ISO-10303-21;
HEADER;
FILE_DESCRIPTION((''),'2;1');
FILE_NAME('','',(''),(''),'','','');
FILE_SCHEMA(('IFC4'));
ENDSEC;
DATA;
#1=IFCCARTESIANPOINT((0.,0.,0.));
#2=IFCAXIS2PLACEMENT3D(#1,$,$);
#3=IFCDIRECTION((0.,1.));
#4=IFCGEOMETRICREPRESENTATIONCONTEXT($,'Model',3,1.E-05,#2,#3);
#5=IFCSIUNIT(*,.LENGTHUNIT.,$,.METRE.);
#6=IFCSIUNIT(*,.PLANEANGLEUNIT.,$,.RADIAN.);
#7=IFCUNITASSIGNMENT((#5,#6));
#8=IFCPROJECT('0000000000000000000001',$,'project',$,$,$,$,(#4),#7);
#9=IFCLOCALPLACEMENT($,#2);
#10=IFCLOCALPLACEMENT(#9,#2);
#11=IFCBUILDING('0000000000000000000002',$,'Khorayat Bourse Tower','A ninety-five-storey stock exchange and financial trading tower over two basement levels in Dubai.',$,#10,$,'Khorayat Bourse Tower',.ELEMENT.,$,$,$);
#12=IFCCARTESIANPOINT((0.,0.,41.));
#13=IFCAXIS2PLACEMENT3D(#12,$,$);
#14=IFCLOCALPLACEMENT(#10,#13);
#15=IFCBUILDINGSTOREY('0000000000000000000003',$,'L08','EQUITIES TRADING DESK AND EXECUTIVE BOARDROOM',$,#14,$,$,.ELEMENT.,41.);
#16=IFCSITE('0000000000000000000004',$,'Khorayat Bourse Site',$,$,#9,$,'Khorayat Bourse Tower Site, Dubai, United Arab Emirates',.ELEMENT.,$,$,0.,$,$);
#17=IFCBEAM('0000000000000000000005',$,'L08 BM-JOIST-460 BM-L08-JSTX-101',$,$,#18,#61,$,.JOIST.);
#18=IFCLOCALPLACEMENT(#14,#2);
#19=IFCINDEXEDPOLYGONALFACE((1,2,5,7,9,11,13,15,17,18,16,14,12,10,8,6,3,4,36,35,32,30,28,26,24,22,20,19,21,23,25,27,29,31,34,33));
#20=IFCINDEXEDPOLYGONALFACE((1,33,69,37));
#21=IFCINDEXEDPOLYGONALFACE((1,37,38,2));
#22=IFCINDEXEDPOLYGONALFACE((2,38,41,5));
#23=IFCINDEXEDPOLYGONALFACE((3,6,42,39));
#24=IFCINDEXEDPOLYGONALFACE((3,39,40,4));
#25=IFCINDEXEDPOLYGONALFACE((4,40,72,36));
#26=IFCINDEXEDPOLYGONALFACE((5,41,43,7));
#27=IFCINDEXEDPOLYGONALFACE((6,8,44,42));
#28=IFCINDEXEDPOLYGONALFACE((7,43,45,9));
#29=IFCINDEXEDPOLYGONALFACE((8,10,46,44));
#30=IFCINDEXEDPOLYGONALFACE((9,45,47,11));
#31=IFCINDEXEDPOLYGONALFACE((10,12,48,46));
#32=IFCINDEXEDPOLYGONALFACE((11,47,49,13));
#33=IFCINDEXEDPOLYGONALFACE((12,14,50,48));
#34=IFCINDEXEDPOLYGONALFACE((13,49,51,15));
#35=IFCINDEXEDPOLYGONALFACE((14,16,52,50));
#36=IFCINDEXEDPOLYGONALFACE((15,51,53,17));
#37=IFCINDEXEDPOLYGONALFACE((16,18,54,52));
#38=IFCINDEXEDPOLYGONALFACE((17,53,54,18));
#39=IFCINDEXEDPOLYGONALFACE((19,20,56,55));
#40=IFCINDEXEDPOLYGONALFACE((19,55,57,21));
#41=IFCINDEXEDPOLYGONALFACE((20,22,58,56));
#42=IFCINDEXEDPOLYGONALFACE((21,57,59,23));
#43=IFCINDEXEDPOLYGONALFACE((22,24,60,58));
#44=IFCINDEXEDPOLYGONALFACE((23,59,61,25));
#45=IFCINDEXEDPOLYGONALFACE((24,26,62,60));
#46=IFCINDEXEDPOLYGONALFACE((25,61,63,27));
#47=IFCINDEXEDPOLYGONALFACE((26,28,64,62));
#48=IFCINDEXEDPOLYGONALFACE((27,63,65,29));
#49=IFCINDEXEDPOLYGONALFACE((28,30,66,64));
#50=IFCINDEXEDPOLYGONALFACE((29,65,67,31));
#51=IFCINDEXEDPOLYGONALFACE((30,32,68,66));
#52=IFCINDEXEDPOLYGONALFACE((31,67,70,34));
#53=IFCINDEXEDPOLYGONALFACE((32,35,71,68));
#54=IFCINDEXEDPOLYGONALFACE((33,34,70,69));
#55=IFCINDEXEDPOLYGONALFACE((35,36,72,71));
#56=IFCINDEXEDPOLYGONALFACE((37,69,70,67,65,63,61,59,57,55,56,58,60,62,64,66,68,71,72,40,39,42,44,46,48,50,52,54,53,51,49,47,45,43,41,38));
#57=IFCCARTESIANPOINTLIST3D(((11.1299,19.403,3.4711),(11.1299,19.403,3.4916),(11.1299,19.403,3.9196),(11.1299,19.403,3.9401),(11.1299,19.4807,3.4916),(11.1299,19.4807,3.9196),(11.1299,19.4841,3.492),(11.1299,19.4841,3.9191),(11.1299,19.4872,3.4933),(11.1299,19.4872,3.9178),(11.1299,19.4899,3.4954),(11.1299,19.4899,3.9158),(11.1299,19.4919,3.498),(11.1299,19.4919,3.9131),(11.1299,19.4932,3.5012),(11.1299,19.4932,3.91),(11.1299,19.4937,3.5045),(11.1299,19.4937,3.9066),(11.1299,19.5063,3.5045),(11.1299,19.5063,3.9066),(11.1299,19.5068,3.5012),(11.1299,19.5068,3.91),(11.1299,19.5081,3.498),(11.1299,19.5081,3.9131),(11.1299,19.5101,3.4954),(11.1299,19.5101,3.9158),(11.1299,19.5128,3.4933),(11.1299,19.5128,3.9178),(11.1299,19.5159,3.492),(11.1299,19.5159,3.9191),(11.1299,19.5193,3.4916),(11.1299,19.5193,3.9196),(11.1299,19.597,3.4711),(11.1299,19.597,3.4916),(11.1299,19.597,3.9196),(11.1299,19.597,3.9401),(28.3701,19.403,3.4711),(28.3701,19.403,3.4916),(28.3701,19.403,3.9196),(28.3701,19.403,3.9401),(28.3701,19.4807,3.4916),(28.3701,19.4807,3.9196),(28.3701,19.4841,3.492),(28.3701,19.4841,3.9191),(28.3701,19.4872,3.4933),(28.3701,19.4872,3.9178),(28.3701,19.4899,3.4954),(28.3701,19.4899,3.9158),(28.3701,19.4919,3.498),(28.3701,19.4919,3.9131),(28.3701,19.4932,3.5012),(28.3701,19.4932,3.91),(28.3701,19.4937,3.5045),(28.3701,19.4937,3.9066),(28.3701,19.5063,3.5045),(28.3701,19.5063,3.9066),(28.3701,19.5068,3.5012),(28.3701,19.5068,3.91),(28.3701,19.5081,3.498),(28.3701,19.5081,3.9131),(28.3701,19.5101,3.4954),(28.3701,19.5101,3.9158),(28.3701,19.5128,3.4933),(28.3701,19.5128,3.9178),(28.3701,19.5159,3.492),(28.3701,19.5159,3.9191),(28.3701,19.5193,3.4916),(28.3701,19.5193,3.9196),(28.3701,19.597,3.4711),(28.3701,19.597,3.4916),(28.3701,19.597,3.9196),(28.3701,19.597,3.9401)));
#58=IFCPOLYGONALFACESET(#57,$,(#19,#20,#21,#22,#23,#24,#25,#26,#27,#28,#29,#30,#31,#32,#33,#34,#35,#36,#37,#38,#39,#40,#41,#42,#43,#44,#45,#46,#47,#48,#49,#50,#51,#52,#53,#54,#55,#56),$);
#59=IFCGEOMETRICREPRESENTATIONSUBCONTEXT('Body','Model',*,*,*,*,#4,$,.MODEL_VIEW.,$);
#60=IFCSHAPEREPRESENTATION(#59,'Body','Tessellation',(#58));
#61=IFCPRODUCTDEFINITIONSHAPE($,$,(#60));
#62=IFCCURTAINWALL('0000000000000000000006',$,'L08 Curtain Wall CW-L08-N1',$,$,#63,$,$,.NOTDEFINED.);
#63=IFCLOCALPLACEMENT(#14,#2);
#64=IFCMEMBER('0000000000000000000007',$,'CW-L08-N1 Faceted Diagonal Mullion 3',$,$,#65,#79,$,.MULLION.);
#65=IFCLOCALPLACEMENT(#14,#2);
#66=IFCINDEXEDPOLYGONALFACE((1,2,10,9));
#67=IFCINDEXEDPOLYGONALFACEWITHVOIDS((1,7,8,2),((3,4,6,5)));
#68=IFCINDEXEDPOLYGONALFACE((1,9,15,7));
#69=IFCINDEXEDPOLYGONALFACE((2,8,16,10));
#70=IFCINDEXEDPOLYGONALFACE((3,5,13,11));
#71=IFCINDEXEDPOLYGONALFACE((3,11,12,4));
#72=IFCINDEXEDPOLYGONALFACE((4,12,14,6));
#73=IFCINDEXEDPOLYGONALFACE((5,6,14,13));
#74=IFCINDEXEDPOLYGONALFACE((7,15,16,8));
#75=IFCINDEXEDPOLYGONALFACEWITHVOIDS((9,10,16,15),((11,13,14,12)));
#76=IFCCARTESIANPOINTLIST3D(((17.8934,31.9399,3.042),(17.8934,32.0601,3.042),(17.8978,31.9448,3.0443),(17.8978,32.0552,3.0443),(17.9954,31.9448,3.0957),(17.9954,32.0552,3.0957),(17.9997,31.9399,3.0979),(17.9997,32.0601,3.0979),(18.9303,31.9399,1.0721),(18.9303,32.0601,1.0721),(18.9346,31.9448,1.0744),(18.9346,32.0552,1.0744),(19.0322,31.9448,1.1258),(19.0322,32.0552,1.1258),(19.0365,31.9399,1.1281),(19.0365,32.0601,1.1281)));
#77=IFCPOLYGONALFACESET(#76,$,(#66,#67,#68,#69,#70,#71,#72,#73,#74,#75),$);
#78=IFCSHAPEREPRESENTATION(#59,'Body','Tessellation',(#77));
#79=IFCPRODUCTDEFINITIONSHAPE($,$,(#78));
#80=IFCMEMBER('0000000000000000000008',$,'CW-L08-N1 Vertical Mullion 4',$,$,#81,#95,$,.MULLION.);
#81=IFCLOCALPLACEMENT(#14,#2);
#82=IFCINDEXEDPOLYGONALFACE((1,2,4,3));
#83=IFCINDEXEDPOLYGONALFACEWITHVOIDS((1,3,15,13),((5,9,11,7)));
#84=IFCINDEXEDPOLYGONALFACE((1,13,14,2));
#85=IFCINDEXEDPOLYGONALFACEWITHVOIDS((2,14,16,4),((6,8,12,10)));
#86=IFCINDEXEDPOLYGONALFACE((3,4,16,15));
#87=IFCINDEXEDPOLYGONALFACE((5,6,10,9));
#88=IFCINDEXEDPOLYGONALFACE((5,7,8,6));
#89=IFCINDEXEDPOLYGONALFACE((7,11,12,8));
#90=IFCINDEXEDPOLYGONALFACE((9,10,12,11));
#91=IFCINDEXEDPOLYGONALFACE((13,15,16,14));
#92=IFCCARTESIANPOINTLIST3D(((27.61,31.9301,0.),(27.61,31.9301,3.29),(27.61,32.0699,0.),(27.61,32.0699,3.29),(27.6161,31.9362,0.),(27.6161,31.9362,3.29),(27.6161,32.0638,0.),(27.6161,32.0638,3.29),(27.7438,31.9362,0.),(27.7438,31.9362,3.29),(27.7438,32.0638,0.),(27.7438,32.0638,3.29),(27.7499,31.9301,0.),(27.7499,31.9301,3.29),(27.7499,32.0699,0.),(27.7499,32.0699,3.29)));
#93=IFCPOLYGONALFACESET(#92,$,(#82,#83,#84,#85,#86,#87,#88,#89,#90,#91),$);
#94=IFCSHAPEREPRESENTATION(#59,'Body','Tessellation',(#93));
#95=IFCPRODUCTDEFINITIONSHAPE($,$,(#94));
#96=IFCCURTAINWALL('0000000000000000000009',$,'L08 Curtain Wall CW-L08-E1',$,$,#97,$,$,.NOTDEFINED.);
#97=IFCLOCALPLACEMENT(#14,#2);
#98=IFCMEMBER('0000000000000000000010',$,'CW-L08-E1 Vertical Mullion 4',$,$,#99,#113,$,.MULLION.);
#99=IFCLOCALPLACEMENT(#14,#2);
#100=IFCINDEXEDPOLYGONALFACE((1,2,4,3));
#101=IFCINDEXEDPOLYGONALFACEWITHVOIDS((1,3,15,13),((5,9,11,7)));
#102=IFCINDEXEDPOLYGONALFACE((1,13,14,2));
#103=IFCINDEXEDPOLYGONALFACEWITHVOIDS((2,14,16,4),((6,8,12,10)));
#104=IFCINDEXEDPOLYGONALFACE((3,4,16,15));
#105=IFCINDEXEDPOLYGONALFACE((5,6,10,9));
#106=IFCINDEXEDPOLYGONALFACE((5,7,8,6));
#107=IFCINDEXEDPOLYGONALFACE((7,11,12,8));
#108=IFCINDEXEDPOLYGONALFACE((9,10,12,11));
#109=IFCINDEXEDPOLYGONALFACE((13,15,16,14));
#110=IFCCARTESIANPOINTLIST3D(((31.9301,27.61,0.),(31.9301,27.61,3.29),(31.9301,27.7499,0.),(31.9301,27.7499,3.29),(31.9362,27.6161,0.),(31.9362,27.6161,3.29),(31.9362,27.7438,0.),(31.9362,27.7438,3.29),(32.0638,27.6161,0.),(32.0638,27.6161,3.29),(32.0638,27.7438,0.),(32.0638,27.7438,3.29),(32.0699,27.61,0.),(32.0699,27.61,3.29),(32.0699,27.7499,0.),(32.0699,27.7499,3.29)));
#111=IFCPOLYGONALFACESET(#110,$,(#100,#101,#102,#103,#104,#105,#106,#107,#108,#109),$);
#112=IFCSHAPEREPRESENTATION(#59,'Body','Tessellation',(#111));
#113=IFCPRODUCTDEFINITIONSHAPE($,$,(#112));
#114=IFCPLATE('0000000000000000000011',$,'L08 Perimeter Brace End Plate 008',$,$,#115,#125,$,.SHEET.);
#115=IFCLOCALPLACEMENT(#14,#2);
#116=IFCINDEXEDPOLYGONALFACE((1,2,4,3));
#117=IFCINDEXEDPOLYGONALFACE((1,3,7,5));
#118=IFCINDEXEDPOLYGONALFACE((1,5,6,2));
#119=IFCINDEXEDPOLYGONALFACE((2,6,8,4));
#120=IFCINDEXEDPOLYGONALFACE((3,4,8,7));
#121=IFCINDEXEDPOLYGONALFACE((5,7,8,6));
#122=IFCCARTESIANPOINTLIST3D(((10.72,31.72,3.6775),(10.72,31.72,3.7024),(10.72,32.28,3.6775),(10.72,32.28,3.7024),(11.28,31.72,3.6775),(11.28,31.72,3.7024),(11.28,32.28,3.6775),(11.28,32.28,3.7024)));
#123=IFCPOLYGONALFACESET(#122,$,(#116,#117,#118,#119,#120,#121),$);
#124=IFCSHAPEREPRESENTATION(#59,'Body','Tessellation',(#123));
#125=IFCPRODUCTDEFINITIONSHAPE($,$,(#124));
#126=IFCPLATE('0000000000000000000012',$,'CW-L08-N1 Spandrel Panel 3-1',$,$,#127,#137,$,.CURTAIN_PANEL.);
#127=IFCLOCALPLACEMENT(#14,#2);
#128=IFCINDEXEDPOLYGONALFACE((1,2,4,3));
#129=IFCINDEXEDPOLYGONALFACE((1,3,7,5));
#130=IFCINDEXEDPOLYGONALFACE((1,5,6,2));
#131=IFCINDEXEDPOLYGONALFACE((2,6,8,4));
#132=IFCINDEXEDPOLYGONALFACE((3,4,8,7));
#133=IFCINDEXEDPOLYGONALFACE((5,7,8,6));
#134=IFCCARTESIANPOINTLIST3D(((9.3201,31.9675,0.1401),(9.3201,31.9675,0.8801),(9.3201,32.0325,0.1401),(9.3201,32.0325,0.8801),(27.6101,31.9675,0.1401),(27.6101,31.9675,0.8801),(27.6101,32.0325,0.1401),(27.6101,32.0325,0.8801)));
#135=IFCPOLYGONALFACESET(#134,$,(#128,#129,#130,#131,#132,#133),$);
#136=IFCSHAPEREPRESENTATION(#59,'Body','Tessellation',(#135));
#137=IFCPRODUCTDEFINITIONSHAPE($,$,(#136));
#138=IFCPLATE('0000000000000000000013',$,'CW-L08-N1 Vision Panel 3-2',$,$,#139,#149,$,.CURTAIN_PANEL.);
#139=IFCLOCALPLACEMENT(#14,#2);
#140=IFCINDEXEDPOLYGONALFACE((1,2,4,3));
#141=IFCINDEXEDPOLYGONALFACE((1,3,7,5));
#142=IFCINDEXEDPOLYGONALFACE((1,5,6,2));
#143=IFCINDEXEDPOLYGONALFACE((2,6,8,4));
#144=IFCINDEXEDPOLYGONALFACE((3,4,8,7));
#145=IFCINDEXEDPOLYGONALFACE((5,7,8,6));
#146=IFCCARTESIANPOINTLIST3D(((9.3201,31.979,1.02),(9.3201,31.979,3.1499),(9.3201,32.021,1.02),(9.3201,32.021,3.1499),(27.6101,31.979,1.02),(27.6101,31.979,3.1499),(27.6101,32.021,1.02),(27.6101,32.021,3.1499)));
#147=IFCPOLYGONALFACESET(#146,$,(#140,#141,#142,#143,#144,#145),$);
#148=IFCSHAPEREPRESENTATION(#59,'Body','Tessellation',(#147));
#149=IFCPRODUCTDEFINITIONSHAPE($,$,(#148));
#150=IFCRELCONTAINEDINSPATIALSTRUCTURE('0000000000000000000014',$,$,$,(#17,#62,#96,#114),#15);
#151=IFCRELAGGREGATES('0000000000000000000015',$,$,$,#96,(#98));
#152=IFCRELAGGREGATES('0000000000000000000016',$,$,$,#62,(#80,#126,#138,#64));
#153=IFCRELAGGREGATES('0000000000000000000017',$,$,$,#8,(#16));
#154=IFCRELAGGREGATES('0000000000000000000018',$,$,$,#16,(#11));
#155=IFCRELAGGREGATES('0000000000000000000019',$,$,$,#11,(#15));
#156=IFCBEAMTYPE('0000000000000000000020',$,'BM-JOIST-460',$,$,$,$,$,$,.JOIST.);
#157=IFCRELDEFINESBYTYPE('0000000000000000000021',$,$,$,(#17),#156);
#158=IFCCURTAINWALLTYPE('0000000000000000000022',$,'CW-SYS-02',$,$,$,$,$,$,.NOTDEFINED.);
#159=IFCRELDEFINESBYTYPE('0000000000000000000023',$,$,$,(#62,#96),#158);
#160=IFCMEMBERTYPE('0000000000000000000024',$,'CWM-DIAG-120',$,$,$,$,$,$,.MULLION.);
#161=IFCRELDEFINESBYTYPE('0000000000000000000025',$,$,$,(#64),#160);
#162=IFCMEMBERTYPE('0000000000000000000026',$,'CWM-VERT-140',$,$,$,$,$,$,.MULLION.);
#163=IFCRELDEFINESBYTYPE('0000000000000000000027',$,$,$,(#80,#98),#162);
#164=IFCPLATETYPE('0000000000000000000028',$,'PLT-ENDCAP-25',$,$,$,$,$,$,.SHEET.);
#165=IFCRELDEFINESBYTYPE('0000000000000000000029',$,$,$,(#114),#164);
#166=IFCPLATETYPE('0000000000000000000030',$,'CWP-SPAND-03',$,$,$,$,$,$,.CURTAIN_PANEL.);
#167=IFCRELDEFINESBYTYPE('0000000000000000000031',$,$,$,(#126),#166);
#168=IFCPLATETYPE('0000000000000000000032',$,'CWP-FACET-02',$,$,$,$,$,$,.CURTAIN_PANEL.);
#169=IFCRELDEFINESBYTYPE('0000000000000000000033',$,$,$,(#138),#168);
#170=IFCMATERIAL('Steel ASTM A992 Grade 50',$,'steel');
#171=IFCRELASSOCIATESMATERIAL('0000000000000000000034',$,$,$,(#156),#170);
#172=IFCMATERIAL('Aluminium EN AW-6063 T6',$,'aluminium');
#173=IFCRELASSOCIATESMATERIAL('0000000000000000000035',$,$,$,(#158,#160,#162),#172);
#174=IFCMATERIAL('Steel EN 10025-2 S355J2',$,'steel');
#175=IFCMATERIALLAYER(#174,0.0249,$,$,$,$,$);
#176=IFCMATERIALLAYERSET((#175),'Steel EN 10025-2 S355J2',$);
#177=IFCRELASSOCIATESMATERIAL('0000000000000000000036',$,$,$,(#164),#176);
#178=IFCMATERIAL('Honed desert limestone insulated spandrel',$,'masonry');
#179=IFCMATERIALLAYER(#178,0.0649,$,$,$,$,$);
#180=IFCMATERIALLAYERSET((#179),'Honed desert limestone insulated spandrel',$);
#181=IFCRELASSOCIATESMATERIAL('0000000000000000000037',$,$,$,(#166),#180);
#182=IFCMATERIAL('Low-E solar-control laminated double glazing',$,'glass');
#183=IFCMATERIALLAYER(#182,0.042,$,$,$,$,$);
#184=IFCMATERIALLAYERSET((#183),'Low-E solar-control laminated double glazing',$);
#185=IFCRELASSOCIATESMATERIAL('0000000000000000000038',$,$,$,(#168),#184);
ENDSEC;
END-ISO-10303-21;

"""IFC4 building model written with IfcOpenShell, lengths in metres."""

from ifc_helpers import new_model, si_unit, direction, frame, origin, origin_2d, place, context, subcontext, project, spatial, rectangle, hollow_rectangle, i_section, extrude, source, transform, mapped, material, layer, layer_set, material_profile, profile_set, type_object, element, aggregate, save


model = new_model("IFC4")

# Units and contexts
model_context = context("Model", 3, precision=1e-05, world=origin(), true_north=direction((0.0, 1.0)))
body_context = subcontext(model_context, "Body", "Model", "MODEL_VIEW")
ifc_project = project(units=[si_unit("LENGTHUNIT", "METRE"), si_unit("PLANEANGLEUNIT", "RADIAN")], contexts=[model_context])

# Site, building, storey
site_placement = place(None, origin())
site = spatial("IfcSite", under=ifc_project, at=site_placement, Name="Khorayat Bourse Site", LongName="Khorayat Bourse Tower Site, Dubai, United Arab Emirates", CompositionType="ELEMENT", RefElevation=0.0)
building_placement = place(site_placement, origin())
building = spatial("IfcBuilding", under=site, at=building_placement, Name="Khorayat Bourse Tower", Description="A ninety-five-storey stock exchange and financial trading tower over two basement levels in Dubai.", LongName="Khorayat Bourse Tower", CompositionType="ELEMENT")
storey_placement = place(building_placement, frame((0.0, 0.0, 41.0)))
storey = spatial("IfcBuildingStorey", under=building, at=storey_placement, Name="L08", Description="EQUITIES TRADING DESK AND EXECUTIVE BOARDROOM", CompositionType="ELEMENT", Elevation=41.0)

# Beam
ifc_material_1 = material(Name="Steel ASTM A992 Grade 50", Category="steel")
ifc_material_profile_1 = material_profile(ifc_material_1, i_section(OverallWidth=0.1941, OverallDepth=0.469, WebThickness=0.0127, FlangeThickness=0.0205, FilletRadius=0.0129, at=origin_2d()), Name="W460X106")
ifc_profile_set_1 = profile_set([ifc_material_profile_1], Name="Steel ASTM A992 Grade 50")
beam_type_1 = type_object("IfcBeamType", Name="BM-JOIST-460", PredefinedType="JOIST", material=ifc_profile_set_1)
shared_shape_1 = source(origin(), body_context, "Body", "SweptSolid", [
    extrude(i_section(OverallWidth=0.1941, OverallDepth=0.469, WebThickness=0.0127, FlangeThickness=0.0205, FilletRadius=0.0129, at=origin_2d()), origin(), (0.0, 0.0, 1.0), 17.2402),
])
beam_1_placement = place(storey_placement, frame((11.1299, 19.5, 3.7056), z_axis=(1.0, 0.0, 0.0), x_axis=(0.0, 1.0, 0.0)))
element("IfcBeam", 1, at=beam_1_placement, inside=storey, type_object=beam_type_1, Name="L08 BM-JOIST-460 BM-L08-JSTX-101", PredefinedType="JOIST", context=body_context, shape_type="MappedRepresentation", body=[
    mapped(shared_shape_1, transform((0.0, 0.0, 0.0), scale=1.0)),
])

# Curtain wall, members
ifc_material_2 = material(Name="Aluminium EN AW-6063 T6", Category="aluminium")
curtain_wall_type = type_object("IfcCurtainWallType", Name="CW-SYS-02", PredefinedType="NOTDEFINED", material=ifc_material_2)
curtain_wall_1_placement = place(storey_placement, origin())
curtain_wall_1 = element("IfcCurtainWall", 2, at=curtain_wall_1_placement, inside=storey, type_object=curtain_wall_type, Name="L08 Curtain Wall CW-L08-N1", PredefinedType="NOTDEFINED")
ifc_material_profile_2 = material_profile(ifc_material_2, hollow_rectangle(XDim=0.1201, YDim=0.1201, WallThickness=0.0049, at=origin_2d()), Name="ALU 120x120x5")
ifc_profile_set_2 = profile_set([ifc_material_profile_2], Name="Aluminium EN AW-6063 T6")
member_type_1 = type_object("IfcMemberType", Name="CWM-DIAG-120", PredefinedType="MULLION", material=ifc_profile_set_2)
shared_shape_2 = source(origin(), body_context, "Body", "SweptSolid", [
    extrude(hollow_rectangle(XDim=0.1201, YDim=0.1201, WallThickness=0.0049, at=origin_2d()), origin(), (0.0, 0.0, 1.0), 2.2261),
])
member_1_placement = place(storey_placement, frame((18.9834, 32.0, 1.1001), z_axis=(-0.46576, 0.0, 0.884911), x_axis=(0.0, -1.0, 0.0)))
member_1 = element("IfcMember", 3, at=member_1_placement, type_object=member_type_1, Name="CW-L08-N1 Faceted Diagonal Mullion 3", PredefinedType="MULLION", context=body_context, shape_type="MappedRepresentation", body=[
    mapped(shared_shape_2, transform((0.0, 0.0, 0.0), scale=1.0)),
])
ifc_material_profile_3 = material_profile(ifc_material_2, hollow_rectangle(XDim=0.1399, YDim=0.1399, WallThickness=0.0061, at=origin_2d()), Name="ALU 140x140x6")
ifc_profile_set_3 = profile_set([ifc_material_profile_3], Name="Aluminium EN AW-6063 T6")
member_type_2 = type_object("IfcMemberType", Name="CWM-VERT-140", PredefinedType="MULLION", material=ifc_profile_set_3)
shared_shape_3 = source(origin(), body_context, "Body", "SweptSolid", [
    extrude(hollow_rectangle(XDim=0.1399, YDim=0.1399, WallThickness=0.0061, at=origin_2d()), origin(), (0.0, 0.0, 1.0), 3.29),
])
member_2_placement = place(storey_placement, frame((27.6799, 32.0, 0.0), z_axis=(0.0, 0.0, 1.0), x_axis=(0.0, 1.0, 0.0)))
member_2 = element("IfcMember", 4, at=member_2_placement, type_object=member_type_2, Name="CW-L08-N1 Vertical Mullion 4", PredefinedType="MULLION", context=body_context, shape_type="MappedRepresentation", body=[
    mapped(shared_shape_3, transform((0.0, 0.0, 0.0), scale=1.0)),
])

# Curtain wall, member
curtain_wall_2_placement = place(storey_placement, origin())
curtain_wall_2 = element("IfcCurtainWall", 5, at=curtain_wall_2_placement, inside=storey, type_object=curtain_wall_type, Name="L08 Curtain Wall CW-L08-E1", PredefinedType="NOTDEFINED")
member_3_placement = place(storey_placement, frame((32.0, 27.6799, 0.0), z_axis=(0.0, 0.0, 1.0), x_axis=(-1.0, 0.0, 0.0)))
member_3 = element("IfcMember", 6, at=member_3_placement, type_object=member_type_2, Name="CW-L08-E1 Vertical Mullion 4", PredefinedType="MULLION", context=body_context, shape_type="MappedRepresentation", body=[
    mapped(shared_shape_3, transform((0.0, 0.0, 0.0), scale=1.0)),
])
aggregate(curtain_wall_2, [member_3])

# Plates
ifc_material_3 = material(Name="Steel EN 10025-2 S355J2", Category="steel")
ifc_layer_1 = layer(ifc_material_3, 0.0249)
ifc_layer_set_1 = layer_set([ifc_layer_1], Name="Steel EN 10025-2 S355J2")
plate_type_1 = type_object("IfcPlateType", Name="PLT-ENDCAP-25", PredefinedType="SHEET", material=ifc_layer_set_1)
shared_shape_4 = source(origin(), body_context, "Body", "SweptSolid", [
    extrude(rectangle(XDim=0.5601, YDim=0.5601, at=origin_2d()), origin(), (0.0, 0.0, 1.0), 0.0249),
])
plate_1_placement = place(storey_placement, frame((11.0, 32.0, 3.6775), z_axis=(0.0, 0.0, 1.0), x_axis=(1.0, 0.0, 0.0)))
element("IfcPlate", 7, at=plate_1_placement, inside=storey, type_object=plate_type_1, Name="L08 Perimeter Brace End Plate 008", PredefinedType="SHEET", context=body_context, shape_type="MappedRepresentation", body=[
    mapped(shared_shape_4, transform((0.0, 0.0, 0.0), scale=1.0)),
])
ifc_material_4 = material(Name="Honed desert limestone insulated spandrel", Category="masonry")
ifc_layer_2 = layer(ifc_material_4, 0.0649)
ifc_layer_set_2 = layer_set([ifc_layer_2], Name="Honed desert limestone insulated spandrel")
plate_type_2 = type_object("IfcPlateType", Name="CWP-SPAND-03", PredefinedType="CURTAIN_PANEL", material=ifc_layer_set_2)
shared_shape_5 = source(origin(), body_context, "Body", "SweptSolid", [
    extrude(rectangle(XDim=18.29, YDim=0.0649, at=origin_2d()), origin(), (0.0, 0.0, 1.0), 0.74),
])
plate_2_placement = place(storey_placement, frame((18.4651, 32.0, 0.1401), z_axis=(0.0, 0.0, 1.0), x_axis=(1.0, 0.0, 0.0)))
plate_2 = element("IfcPlate", 8, at=plate_2_placement, type_object=plate_type_2, Name="CW-L08-N1 Spandrel Panel 3-1", PredefinedType="CURTAIN_PANEL", context=body_context, shape_type="MappedRepresentation", body=[
    mapped(shared_shape_5, transform((0.0, 0.0, 0.0), scale=1.0)),
])
ifc_material_5 = material(Name="Low-E solar-control laminated double glazing", Category="glass")
ifc_layer_3 = layer(ifc_material_5, 0.042)
ifc_layer_set_3 = layer_set([ifc_layer_3], Name="Low-E solar-control laminated double glazing")
plate_type_3 = type_object("IfcPlateType", Name="CWP-FACET-02", PredefinedType="CURTAIN_PANEL", material=ifc_layer_set_3)
shared_shape_6 = source(origin(), body_context, "Body", "SweptSolid", [
    extrude(rectangle(XDim=18.29, YDim=0.042, at=origin_2d()), origin(), (0.0, 0.0, 1.0), 2.1299),
])
plate_3_placement = place(storey_placement, frame((18.4651, 32.0, 1.02), z_axis=(0.0, 0.0, 1.0), x_axis=(1.0, 0.0, 0.0)))
plate_3 = element("IfcPlate", 9, at=plate_3_placement, type_object=plate_type_3, Name="CW-L08-N1 Vision Panel 3-2", PredefinedType="CURTAIN_PANEL", context=body_context, shape_type="MappedRepresentation", body=[
    mapped(shared_shape_6, transform((0.0, 0.0, 0.0), scale=1.0)),
])
aggregate(curtain_wall_1, [member_2, plate_2, plate_3, member_1])

save(model, "model.ifc")
